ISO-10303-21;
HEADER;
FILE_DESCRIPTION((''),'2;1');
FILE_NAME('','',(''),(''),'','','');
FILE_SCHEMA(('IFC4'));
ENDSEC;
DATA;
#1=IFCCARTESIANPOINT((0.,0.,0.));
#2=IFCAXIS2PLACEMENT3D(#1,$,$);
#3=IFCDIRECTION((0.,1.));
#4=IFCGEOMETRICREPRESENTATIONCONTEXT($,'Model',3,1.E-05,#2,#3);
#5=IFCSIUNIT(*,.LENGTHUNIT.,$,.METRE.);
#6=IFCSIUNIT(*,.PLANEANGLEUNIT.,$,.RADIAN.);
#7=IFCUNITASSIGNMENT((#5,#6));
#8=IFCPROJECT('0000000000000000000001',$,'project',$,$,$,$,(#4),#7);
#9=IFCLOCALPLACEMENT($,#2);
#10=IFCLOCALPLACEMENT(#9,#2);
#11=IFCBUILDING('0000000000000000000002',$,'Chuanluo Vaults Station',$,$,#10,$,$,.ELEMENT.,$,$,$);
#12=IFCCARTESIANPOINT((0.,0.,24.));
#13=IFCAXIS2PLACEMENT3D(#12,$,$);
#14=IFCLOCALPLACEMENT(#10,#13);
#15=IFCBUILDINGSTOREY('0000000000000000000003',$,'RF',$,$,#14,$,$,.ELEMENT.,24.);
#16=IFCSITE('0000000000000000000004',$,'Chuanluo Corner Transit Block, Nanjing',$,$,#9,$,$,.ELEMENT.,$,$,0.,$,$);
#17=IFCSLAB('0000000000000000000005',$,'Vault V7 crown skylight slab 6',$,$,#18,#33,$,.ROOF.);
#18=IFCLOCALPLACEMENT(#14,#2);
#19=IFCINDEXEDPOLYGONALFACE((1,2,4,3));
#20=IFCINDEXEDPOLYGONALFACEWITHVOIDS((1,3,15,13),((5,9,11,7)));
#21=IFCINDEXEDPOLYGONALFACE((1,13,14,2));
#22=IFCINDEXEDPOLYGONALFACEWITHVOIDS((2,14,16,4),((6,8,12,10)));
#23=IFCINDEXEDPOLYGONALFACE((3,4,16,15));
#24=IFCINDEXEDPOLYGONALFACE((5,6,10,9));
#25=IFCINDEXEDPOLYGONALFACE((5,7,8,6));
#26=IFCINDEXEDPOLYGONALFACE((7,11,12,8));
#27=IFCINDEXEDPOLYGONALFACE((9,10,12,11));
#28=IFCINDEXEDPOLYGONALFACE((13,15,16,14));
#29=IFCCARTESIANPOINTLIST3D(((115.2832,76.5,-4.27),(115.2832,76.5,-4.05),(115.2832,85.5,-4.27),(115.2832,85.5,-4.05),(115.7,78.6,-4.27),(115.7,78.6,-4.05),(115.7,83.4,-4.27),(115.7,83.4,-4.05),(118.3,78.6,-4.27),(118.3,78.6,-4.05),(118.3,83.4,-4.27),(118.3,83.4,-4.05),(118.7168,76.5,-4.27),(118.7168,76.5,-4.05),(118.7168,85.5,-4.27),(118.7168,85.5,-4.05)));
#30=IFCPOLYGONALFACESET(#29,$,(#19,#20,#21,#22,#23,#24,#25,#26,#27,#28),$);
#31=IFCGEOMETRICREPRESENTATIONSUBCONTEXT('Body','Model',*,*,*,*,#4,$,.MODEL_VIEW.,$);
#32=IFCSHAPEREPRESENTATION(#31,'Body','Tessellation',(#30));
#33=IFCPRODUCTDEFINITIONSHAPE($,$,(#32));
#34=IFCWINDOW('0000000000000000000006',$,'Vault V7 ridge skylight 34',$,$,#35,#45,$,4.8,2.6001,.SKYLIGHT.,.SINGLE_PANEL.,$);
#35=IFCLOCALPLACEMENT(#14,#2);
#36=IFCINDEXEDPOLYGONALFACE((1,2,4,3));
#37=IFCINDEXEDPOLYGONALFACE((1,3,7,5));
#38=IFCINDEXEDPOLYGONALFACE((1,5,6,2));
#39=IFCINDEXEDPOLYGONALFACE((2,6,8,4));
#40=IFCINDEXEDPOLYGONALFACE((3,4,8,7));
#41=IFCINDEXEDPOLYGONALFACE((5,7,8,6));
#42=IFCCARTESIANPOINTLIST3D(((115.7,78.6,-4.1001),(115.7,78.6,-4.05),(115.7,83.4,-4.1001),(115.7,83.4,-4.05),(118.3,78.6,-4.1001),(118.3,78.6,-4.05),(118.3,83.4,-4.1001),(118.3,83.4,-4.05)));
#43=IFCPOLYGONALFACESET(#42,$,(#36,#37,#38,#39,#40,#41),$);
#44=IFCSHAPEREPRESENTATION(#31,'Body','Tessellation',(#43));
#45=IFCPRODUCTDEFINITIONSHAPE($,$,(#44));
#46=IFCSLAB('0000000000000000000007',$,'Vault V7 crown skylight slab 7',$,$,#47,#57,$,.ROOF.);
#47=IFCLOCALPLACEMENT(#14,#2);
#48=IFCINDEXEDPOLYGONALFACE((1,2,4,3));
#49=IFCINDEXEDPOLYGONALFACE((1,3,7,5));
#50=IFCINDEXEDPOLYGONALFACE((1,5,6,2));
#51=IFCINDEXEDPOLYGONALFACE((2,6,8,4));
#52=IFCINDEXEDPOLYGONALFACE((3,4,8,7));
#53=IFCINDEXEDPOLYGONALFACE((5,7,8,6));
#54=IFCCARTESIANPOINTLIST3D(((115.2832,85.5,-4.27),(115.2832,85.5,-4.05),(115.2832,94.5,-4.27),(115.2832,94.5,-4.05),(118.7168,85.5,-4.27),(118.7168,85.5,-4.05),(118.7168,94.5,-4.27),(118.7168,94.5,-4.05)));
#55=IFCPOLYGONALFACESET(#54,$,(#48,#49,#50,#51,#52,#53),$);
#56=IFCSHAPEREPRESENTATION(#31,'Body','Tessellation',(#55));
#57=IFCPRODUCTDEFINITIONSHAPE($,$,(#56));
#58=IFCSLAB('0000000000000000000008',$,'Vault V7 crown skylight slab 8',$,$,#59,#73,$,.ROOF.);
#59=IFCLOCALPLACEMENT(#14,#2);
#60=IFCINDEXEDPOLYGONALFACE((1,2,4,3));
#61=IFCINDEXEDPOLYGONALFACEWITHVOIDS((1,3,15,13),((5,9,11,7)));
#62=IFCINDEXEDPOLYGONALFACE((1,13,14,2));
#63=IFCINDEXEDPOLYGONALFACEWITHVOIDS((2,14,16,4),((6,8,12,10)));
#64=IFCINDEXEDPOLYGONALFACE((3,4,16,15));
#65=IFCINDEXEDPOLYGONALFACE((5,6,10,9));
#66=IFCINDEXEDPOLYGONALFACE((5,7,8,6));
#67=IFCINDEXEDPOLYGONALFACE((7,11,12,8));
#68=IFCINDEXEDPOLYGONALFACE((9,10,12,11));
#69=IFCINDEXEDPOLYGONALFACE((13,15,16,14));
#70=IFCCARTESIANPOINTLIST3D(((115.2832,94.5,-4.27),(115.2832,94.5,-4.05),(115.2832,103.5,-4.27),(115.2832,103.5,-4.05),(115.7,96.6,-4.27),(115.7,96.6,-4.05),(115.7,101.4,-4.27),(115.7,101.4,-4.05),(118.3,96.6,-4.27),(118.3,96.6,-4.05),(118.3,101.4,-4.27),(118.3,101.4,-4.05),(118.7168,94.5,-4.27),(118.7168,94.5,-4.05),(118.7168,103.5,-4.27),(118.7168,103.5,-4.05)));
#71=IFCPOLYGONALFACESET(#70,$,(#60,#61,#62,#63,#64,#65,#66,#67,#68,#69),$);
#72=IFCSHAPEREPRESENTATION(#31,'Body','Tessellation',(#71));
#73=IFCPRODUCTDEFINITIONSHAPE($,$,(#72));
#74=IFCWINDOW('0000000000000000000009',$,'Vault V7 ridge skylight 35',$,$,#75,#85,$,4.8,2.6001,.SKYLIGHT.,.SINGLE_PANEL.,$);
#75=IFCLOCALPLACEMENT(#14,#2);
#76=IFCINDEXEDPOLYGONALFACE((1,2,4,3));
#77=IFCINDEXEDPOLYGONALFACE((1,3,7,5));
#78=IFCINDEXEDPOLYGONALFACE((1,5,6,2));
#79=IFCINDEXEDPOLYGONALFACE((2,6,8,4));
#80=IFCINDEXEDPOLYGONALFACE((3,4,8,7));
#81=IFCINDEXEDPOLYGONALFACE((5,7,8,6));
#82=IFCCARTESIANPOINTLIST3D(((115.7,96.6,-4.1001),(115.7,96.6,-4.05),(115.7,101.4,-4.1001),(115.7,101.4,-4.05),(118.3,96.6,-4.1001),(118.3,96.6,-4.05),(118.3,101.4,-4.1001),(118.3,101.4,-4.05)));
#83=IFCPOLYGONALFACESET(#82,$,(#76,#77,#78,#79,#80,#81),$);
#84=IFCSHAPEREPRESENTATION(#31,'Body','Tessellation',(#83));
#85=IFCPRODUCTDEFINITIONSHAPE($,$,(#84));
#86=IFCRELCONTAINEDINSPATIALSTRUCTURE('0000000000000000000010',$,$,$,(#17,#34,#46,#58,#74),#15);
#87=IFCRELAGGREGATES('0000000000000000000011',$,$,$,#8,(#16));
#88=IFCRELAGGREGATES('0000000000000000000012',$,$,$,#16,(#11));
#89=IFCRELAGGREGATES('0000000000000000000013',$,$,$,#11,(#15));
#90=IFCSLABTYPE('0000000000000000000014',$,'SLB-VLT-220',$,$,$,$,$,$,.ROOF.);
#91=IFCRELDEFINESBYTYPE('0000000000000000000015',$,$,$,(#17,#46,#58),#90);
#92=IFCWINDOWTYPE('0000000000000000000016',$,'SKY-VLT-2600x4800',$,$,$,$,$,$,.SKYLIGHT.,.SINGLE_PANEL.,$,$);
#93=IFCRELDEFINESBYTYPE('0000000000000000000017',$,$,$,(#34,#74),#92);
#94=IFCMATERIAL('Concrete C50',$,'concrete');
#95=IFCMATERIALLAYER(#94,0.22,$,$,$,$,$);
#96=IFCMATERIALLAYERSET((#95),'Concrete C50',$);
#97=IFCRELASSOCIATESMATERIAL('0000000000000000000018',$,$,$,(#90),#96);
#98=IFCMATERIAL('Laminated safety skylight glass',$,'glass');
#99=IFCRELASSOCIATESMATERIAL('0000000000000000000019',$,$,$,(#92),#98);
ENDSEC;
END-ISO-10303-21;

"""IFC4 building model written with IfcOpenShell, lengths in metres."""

from ifc_helpers import new_model, si_unit, direction, frame, origin, origin_2d, place, context, subcontext, project, spatial, polyline, rectangle, outline, extrude, material, layer, layer_set, type_object, element, fill, save


model = new_model("IFC4")

# Units and contexts
model_context = context("Model", 3, precision=1e-05, world=origin(), true_north=direction((0.0, 1.0)))
body_context = subcontext(model_context, "Body", "Model", "MODEL_VIEW")
ifc_project = project(units=[si_unit("LENGTHUNIT", "METRE"), si_unit("PLANEANGLEUNIT", "RADIAN")], contexts=[model_context])

# Site, building, storey
site_placement = place(None, origin())
site = spatial("IfcSite", under=ifc_project, at=site_placement, Name="Chuanluo Corner Transit Block, Nanjing", CompositionType="ELEMENT", RefElevation=0.0)
building_placement = place(site_placement, origin())
building = spatial("IfcBuilding", under=site, at=building_placement, Name="Chuanluo Vaults Station", CompositionType="ELEMENT")
storey_placement = place(building_placement, frame((0.0, 0.0, 24.0)))
storey = spatial("IfcBuildingStorey", under=building, at=storey_placement, Name="RF", CompositionType="ELEMENT", Elevation=24.0)

# Shared definitions
ifc_material_1 = material(Name="Concrete C50", Category="concrete")
ifc_layer = layer(ifc_material_1, 0.22)
ifc_layer_set = layer_set([ifc_layer], Name="Concrete C50")
slab_type = type_object("IfcSlabType", Name="SLB-VLT-220", PredefinedType="ROOF", material=ifc_layer_set)

# Shared definitions
ifc_material_2 = material(Name="Laminated safety skylight glass", Category="glass")
window_type_1 = type_object("IfcWindowType", Name="SKY-VLT-2600x4800", PartitioningType="SINGLE_PANEL", PredefinedType="SKYLIGHT", material=ifc_material_2)

# Slab, opening, window
slab_1_placement = place(storey_placement, frame((0.0, 0.0, -4.27)))
slab_1 = element("IfcSlab", 1, at=slab_1_placement, inside=storey, type_object=slab_type, Name="Vault V7 crown skylight slab 6", PredefinedType="ROOF", context=body_context, shape_type="SweptSolid", body=[
    extrude(outline(polyline([(115.2832, 76.5), (118.7168, 76.5), (118.7168, 85.5), (115.2832, 85.5), (115.2832, 76.5)])), origin(), (0.0, 0.0, 1.0), 0.22),
])
opening_1_placement = place(slab_1_placement, frame((117.0, 81.0, 0.0)))
opening_1 = element("IfcOpeningElement", 2, at=opening_1_placement, cuts=slab_1, PredefinedType="OPENING", context=body_context, shape_type="SweptSolid", body=[
    extrude(rectangle(XDim=2.6001, YDim=4.8, at=origin_2d()), frame((0.0, 0.0, -0.01)), (0.0, 0.0, 1.0), 0.24),
])
window_1_placement = place(opening_1_placement, frame((0.0, 0.0, 0.1699)))
window_1 = element("IfcWindow", 3, at=window_1_placement, inside=storey, type_object=window_type_1, Name="Vault V7 ridge skylight 34", OverallHeight=4.8, OverallWidth=2.6001, PartitioningType="SINGLE_PANEL", PredefinedType="SKYLIGHT", context=body_context, shape_type="SweptSolid", body=[
    extrude(rectangle(XDim=2.6001, YDim=4.8, at=origin_2d()), origin(), (0.0, 0.0, 1.0), 0.05),
])
fill(opening_1, window_1)

# Slab
slab_2_placement = place(storey_placement, frame((0.0, 0.0, -4.27)))
element("IfcSlab", 4, at=slab_2_placement, inside=storey, type_object=slab_type, Name="Vault V7 crown skylight slab 7", PredefinedType="ROOF", context=body_context, shape_type="SweptSolid", body=[
    extrude(outline(polyline([(115.2832, 85.5), (118.7168, 85.5), (118.7168, 94.5), (115.2832, 94.5), (115.2832, 85.5)])), origin(), (0.0, 0.0, 1.0), 0.22),
])

# Slab, opening, window
slab_3_placement = place(storey_placement, frame((0.0, 0.0, -4.27)))
slab_3 = element("IfcSlab", 5, at=slab_3_placement, inside=storey, type_object=slab_type, Name="Vault V7 crown skylight slab 8", PredefinedType="ROOF", context=body_context, shape_type="SweptSolid", body=[
    extrude(outline(polyline([(115.2832, 94.5), (118.7168, 94.5), (118.7168, 103.5), (115.2832, 103.5), (115.2832, 94.5)])), origin(), (0.0, 0.0, 1.0), 0.22),
])
opening_2_placement = place(slab_3_placement, frame((117.0, 99.0, 0.0)))
opening_2 = element("IfcOpeningElement", 6, at=opening_2_placement, cuts=slab_3, PredefinedType="OPENING", context=body_context, shape_type="SweptSolid", body=[
    extrude(rectangle(XDim=2.6001, YDim=4.8, at=origin_2d()), frame((0.0, 0.0, -0.01)), (0.0, 0.0, 1.0), 0.24),
])
window_2_placement = place(opening_2_placement, frame((0.0, 0.0, 0.1699)))
window_2 = element("IfcWindow", 7, at=window_2_placement, inside=storey, type_object=window_type_1, Name="Vault V7 ridge skylight 35", OverallHeight=4.8, OverallWidth=2.6001, PartitioningType="SINGLE_PANEL", PredefinedType="SKYLIGHT", context=body_context, shape_type="SweptSolid", body=[
    extrude(rectangle(XDim=2.6001, YDim=4.8, at=origin_2d()), origin(), (0.0, 0.0, 1.0), 0.05),
])
fill(opening_2, window_2)

save(model, "model.ifc")
